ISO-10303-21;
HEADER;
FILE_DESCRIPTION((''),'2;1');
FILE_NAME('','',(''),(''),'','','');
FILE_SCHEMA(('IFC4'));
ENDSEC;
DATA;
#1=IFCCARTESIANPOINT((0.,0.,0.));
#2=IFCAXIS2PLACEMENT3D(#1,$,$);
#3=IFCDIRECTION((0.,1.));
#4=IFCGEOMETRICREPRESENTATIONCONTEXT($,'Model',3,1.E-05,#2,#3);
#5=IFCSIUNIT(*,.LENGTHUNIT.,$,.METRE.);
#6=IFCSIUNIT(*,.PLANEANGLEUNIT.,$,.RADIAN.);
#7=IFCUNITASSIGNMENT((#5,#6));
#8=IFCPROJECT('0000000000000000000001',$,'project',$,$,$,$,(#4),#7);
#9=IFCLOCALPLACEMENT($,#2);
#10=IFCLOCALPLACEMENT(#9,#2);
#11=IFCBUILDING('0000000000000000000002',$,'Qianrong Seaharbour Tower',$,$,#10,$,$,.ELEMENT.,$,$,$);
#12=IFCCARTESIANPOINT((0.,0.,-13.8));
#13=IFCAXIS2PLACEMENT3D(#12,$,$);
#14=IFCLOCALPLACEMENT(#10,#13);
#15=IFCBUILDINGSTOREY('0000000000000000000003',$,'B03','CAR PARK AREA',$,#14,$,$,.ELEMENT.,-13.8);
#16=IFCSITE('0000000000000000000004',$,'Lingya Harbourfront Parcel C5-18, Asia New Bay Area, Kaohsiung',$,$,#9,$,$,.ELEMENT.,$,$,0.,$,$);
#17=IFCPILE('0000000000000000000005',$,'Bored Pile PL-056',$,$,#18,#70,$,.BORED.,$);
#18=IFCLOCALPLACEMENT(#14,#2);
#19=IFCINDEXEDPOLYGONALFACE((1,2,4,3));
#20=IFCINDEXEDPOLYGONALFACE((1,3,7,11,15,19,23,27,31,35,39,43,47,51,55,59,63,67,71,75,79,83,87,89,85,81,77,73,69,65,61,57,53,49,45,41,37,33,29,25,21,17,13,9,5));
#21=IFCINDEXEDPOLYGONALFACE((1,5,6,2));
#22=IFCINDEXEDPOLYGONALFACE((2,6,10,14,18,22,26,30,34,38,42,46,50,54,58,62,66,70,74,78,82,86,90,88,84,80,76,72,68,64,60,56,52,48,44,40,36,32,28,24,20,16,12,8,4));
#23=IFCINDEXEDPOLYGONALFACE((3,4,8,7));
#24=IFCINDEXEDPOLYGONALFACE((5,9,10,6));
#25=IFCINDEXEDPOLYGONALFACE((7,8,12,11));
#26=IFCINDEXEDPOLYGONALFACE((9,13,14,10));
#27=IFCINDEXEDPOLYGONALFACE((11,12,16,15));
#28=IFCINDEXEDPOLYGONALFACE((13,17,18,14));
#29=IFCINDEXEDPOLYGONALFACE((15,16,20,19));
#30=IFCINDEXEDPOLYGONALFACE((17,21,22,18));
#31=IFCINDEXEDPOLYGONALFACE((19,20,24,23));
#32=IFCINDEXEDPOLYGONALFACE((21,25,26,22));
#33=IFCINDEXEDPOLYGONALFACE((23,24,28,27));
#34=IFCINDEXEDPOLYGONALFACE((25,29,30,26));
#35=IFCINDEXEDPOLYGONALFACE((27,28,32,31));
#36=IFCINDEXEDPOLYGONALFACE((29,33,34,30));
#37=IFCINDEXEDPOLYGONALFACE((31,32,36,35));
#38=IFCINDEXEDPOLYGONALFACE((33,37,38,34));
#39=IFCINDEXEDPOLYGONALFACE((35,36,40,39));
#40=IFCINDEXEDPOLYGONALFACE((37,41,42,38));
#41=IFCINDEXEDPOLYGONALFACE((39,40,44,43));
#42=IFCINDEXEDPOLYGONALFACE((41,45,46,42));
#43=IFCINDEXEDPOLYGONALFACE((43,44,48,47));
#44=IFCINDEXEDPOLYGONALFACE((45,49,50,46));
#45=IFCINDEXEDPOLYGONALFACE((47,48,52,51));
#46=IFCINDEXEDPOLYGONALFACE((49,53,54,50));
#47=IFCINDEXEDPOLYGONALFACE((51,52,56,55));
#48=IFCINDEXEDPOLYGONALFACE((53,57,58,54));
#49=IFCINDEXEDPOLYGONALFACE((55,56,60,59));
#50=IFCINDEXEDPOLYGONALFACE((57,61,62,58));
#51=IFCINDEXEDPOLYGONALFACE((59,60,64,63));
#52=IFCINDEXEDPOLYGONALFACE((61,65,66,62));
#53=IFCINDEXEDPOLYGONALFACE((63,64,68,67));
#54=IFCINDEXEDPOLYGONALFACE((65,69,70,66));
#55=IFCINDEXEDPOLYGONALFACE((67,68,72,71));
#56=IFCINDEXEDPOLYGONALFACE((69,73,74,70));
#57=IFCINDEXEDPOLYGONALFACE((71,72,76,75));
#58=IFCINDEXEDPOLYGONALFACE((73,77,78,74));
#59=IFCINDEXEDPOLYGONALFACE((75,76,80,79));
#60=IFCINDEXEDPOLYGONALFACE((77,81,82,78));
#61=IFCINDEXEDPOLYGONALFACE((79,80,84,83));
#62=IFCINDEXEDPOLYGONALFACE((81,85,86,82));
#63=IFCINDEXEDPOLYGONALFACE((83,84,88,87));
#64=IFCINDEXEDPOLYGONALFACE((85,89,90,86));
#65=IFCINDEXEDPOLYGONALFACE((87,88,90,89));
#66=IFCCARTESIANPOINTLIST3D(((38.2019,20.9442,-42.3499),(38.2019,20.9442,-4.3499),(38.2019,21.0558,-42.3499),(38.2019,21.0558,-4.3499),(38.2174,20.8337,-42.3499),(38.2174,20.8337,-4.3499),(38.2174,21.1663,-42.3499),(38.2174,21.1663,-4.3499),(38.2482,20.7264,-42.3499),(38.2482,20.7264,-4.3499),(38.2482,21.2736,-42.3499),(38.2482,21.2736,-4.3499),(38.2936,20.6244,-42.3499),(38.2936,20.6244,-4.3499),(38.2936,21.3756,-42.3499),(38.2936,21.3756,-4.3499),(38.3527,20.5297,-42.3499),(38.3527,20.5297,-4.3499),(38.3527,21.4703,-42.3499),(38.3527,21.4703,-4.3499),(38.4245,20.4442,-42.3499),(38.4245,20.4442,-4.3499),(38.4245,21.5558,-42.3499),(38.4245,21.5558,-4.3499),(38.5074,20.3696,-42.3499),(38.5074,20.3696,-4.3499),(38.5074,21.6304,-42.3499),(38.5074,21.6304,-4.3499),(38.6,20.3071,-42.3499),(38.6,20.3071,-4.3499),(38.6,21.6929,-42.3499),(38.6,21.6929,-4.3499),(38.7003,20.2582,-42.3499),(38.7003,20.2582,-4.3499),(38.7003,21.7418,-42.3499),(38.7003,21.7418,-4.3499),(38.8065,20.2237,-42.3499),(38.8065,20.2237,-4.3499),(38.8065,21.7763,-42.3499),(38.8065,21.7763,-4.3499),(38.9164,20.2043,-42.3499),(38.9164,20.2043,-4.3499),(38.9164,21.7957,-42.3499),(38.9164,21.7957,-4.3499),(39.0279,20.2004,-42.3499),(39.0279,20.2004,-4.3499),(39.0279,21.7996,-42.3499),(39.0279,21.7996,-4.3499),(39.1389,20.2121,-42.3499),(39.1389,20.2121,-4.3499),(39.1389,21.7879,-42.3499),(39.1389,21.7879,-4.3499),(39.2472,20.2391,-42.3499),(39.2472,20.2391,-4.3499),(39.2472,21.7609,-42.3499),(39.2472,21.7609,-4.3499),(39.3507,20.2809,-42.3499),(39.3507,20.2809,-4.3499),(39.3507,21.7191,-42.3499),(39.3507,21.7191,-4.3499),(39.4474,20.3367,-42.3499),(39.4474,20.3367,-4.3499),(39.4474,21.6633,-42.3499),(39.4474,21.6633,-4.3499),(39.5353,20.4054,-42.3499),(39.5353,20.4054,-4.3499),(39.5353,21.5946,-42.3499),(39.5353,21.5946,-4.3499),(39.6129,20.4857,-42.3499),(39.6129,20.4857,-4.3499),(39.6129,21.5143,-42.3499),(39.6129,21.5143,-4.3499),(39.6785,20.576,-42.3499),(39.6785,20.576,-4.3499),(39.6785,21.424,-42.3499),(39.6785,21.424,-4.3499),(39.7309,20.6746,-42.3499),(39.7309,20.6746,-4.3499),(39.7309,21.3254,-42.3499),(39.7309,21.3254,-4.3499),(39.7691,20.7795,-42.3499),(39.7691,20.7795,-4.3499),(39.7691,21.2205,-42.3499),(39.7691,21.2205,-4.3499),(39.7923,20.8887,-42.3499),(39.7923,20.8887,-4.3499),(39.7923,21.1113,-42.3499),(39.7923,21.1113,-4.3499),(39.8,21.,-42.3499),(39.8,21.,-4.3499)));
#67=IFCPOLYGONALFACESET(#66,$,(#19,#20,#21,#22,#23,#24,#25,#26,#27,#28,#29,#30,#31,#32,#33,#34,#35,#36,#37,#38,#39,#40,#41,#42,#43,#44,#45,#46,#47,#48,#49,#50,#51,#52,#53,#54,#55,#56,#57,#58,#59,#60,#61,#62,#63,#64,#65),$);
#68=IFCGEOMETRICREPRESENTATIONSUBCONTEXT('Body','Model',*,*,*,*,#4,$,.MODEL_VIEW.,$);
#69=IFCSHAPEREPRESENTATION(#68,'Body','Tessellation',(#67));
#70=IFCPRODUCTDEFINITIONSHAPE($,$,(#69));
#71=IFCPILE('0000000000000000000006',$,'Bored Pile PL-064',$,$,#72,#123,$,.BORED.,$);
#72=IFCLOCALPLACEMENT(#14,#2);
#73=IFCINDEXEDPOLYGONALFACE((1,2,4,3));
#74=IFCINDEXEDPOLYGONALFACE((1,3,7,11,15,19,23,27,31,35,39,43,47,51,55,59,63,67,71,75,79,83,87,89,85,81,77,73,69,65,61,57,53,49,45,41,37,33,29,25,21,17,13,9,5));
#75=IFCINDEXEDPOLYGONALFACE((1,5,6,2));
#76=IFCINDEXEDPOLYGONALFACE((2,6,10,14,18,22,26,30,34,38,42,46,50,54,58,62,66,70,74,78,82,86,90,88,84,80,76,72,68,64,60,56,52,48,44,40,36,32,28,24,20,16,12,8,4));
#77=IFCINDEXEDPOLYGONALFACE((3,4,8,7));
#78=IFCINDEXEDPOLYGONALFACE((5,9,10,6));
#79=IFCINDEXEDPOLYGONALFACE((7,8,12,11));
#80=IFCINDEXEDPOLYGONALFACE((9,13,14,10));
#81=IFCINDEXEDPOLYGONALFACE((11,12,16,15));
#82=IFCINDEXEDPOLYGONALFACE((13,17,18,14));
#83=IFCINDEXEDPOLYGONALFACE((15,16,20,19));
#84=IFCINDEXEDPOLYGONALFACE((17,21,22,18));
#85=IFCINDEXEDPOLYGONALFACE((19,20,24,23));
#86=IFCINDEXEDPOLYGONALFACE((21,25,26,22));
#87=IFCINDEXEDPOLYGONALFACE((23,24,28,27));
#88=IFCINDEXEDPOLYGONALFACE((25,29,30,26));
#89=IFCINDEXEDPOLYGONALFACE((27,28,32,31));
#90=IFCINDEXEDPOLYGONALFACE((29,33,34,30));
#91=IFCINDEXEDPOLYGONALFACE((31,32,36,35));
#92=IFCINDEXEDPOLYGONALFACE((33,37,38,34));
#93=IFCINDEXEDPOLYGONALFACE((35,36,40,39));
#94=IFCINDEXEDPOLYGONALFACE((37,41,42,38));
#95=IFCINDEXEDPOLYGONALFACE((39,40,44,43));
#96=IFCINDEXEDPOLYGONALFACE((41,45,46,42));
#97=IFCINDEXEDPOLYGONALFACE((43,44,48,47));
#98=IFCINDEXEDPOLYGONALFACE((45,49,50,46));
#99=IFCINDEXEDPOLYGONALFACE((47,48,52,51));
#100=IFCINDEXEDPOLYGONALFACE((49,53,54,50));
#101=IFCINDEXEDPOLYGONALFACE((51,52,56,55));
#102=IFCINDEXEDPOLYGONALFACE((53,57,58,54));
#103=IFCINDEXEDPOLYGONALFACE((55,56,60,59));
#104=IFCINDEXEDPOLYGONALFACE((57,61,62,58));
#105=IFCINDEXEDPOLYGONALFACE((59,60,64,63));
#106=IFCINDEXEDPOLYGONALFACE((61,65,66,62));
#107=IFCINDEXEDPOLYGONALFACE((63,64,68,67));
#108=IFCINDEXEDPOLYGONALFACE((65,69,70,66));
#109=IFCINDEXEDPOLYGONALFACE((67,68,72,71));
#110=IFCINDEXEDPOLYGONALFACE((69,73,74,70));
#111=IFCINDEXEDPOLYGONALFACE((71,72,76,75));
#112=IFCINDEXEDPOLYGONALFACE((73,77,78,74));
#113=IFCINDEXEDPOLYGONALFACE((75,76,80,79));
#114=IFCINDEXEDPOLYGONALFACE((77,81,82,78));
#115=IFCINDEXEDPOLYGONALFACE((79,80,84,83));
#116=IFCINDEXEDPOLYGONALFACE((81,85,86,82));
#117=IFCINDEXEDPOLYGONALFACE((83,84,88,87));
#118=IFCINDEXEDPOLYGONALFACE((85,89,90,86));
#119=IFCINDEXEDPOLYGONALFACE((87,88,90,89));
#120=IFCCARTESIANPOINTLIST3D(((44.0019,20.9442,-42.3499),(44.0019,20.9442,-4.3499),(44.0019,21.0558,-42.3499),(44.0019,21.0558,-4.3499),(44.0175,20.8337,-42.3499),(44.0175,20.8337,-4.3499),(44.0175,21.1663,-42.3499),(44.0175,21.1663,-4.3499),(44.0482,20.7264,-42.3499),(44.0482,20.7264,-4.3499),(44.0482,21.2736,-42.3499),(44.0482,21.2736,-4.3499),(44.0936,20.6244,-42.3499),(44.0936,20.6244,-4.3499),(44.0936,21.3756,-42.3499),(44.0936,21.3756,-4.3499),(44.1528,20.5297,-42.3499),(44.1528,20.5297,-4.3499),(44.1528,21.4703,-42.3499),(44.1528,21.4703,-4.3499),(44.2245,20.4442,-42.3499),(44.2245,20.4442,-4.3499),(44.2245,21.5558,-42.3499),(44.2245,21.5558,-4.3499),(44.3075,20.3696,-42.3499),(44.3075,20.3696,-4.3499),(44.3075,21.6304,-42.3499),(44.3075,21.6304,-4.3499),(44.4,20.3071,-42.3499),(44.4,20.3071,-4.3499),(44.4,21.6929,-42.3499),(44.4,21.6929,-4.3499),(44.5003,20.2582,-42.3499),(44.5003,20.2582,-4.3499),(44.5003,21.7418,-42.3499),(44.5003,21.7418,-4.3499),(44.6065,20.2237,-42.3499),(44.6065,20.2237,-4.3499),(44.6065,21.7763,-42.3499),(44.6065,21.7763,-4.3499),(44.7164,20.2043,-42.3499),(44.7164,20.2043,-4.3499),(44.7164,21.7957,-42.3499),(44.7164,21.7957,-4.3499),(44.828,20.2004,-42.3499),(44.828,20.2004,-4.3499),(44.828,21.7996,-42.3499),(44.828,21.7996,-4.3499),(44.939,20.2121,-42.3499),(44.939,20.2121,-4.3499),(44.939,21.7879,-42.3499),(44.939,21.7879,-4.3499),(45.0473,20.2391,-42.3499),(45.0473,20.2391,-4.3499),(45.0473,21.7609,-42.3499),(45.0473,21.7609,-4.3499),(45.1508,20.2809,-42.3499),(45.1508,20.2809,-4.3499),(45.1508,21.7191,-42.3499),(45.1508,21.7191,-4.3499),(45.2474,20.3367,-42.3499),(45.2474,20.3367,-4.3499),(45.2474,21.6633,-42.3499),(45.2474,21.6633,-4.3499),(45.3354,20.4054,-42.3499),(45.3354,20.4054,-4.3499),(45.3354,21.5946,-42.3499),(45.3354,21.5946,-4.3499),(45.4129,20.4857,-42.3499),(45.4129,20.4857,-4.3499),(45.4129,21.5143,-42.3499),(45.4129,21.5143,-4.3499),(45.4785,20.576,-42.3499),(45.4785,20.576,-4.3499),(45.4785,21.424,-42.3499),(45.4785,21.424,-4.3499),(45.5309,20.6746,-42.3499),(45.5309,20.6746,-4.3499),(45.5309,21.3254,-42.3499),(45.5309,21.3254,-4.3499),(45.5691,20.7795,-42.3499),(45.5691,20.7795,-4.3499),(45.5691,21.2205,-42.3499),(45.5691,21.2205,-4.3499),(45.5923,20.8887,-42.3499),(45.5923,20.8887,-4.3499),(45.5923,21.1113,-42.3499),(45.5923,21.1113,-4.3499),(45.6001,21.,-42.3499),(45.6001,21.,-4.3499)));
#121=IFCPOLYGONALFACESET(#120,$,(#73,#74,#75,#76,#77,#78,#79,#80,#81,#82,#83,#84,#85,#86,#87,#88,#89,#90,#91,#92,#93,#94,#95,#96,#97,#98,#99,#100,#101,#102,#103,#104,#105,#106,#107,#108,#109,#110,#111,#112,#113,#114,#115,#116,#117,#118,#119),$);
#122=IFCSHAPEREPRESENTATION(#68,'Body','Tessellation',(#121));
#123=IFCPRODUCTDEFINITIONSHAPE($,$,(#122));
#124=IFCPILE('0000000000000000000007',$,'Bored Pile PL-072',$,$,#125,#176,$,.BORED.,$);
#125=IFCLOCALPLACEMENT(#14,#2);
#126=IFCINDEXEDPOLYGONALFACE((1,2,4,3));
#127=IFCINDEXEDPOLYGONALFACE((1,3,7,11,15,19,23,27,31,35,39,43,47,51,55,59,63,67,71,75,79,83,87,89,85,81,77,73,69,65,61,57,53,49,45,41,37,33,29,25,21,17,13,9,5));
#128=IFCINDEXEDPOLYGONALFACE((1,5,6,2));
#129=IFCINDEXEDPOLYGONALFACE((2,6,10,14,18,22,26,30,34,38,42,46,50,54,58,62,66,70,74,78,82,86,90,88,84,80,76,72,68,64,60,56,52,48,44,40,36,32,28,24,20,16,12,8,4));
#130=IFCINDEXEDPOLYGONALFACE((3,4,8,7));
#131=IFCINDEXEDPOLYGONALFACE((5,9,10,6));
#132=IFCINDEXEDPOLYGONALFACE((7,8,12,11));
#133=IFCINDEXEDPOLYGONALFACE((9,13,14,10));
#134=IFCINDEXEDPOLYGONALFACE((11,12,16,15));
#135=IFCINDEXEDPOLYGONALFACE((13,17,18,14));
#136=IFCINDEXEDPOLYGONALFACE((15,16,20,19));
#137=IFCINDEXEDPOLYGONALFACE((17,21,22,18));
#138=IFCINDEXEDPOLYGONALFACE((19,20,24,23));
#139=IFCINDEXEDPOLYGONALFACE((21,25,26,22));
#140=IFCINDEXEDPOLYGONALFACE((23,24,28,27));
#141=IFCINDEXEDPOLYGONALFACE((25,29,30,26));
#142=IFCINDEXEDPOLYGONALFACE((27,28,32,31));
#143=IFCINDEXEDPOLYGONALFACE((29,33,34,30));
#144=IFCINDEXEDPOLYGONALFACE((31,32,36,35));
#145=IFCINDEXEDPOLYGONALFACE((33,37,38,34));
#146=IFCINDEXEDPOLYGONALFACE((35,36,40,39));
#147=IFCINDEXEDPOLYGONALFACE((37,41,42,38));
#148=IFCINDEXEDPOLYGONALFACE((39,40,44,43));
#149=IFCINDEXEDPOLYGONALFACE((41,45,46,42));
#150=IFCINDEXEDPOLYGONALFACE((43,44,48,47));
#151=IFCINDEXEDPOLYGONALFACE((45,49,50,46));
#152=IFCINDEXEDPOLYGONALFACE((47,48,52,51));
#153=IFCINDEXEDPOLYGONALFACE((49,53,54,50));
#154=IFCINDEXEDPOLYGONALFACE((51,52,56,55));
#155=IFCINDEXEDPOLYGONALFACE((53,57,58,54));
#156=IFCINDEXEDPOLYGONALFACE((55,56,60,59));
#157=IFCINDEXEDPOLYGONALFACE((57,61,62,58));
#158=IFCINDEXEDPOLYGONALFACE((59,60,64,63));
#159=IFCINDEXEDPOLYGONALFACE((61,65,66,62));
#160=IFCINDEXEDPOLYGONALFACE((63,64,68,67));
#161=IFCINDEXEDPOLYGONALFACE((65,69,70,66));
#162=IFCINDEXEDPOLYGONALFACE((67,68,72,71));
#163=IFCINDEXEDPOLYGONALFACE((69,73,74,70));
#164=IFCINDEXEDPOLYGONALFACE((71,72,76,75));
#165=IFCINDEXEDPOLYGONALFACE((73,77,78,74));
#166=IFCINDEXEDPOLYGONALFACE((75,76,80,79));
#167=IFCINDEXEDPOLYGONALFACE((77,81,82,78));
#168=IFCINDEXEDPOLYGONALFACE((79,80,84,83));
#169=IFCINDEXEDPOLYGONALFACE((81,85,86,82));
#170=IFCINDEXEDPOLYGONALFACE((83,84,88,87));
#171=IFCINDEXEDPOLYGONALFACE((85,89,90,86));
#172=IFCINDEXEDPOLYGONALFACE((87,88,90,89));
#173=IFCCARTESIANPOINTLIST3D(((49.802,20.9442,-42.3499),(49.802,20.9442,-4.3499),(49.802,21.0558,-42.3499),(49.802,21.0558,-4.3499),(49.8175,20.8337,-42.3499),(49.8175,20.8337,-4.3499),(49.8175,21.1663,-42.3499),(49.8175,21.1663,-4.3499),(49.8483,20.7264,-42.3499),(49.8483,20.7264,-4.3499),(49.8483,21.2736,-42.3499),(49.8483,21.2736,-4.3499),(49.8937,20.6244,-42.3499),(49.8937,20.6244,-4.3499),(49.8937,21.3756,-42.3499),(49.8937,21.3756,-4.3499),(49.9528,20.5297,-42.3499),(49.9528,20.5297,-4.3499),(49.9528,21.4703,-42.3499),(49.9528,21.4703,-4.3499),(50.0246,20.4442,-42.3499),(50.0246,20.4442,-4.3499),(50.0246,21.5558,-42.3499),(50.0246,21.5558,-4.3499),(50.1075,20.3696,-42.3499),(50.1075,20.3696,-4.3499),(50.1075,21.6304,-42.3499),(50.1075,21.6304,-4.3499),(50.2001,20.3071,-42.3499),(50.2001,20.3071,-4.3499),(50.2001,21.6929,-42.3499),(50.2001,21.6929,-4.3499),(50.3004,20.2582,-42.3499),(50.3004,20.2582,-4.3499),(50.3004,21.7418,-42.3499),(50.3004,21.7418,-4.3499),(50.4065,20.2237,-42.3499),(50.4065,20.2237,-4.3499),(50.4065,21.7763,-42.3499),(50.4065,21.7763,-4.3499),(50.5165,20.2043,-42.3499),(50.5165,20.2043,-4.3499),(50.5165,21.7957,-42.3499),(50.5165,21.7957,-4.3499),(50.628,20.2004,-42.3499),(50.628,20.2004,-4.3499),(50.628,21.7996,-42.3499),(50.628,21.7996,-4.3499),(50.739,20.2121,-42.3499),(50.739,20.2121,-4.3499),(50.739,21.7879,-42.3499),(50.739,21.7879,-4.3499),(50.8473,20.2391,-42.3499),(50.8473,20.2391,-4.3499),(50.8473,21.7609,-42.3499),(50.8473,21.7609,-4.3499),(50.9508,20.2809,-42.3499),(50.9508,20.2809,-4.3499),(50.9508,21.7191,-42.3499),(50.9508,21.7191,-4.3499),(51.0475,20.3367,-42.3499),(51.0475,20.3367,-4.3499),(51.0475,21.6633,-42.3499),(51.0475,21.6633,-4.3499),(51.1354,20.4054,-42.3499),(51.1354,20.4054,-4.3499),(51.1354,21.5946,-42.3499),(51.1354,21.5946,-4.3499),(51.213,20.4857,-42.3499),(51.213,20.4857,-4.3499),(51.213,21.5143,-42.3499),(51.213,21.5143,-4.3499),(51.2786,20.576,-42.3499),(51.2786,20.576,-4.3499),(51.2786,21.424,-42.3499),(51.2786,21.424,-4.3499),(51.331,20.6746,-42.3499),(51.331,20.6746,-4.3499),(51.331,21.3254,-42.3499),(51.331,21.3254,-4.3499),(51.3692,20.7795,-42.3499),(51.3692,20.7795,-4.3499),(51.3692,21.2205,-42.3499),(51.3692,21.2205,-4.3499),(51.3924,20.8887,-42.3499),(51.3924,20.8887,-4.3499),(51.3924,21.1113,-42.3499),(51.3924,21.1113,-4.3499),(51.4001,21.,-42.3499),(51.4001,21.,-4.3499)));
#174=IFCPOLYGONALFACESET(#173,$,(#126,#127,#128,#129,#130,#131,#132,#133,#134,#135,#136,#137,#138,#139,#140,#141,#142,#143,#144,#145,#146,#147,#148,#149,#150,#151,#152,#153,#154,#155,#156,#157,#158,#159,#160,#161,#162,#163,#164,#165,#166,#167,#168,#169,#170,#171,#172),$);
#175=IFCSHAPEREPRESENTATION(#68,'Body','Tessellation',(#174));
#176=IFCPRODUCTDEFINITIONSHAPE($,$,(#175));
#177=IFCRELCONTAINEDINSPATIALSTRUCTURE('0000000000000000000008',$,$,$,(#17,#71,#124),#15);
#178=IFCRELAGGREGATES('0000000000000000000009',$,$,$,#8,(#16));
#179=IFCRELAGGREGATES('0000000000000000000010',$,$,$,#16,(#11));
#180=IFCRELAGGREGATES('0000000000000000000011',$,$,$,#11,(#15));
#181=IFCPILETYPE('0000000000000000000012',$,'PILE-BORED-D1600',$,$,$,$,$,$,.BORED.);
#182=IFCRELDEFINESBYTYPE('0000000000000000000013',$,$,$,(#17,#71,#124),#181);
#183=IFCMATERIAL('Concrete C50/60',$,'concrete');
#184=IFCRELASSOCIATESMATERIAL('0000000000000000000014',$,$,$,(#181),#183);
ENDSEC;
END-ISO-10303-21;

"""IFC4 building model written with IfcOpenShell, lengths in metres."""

from ifc_helpers import new_model, si_unit, direction, frame, origin, origin_2d, place, context, subcontext, project, spatial, circle, extrude, material, material_profile, profile_set, type_object, element, save


model = new_model("IFC4")

# Units and contexts
model_context = context("Model", 3, precision=1e-05, world=origin(), true_north=direction((0.0, 1.0)))
body_context = subcontext(model_context, "Body", "Model", "MODEL_VIEW")
ifc_project = project(units=[si_unit("LENGTHUNIT", "METRE"), si_unit("PLANEANGLEUNIT", "RADIAN")], contexts=[model_context])

# Site, building, storey
site_placement = place(None, origin())
site = spatial("IfcSite", under=ifc_project, at=site_placement, Name="Lingya Harbourfront Parcel C5-18, Asia New Bay Area, Kaohsiung", CompositionType="ELEMENT", RefElevation=0.0)
building_placement = place(site_placement, origin())
building = spatial("IfcBuilding", under=site, at=building_placement, Name="Qianrong Seaharbour Tower", CompositionType="ELEMENT")
storey_placement = place(building_placement, frame((0.0, 0.0, -13.8)))
storey = spatial("IfcBuildingStorey", under=building, at=storey_placement, Name="B03", Description="CAR PARK AREA", CompositionType="ELEMENT", Elevation=-13.8)

# Piles
ifc_material_1 = material(Name="Concrete C50/60", Category="concrete")
ifc_material_profile_1 = material_profile(ifc_material_1, circle(Radius=0.8, at=origin_2d()), Name="PILE-D1600")
ifc_profile_set_1 = profile_set([ifc_material_profile_1], Name="Concrete C50/60")
pile_type_1 = type_object("IfcPileType", Name="PILE-BORED-D1600", PredefinedType="BORED", material=ifc_profile_set_1)
for number, where, z_axis, x_axis, name in (
    (1, (39.0, 21.0, -4.3499), (0.0, 0.0, -1.0), (1.0, 0.0, 0.0), "Bored Pile PL-056"),
    (2, (44.8, 21.0, -4.3499), (0.0, 0.0, -1.0), (1.0, 0.0, 0.0), "Bored Pile PL-064"),
    (3, (50.6001, 21.0, -4.3499), (0.0, 0.0, -1.0), (1.0, 0.0, 0.0), "Bored Pile PL-072"),
):
    element("IfcPile", number, at=place(storey_placement, frame(where, z_axis=z_axis, x_axis=x_axis)), inside=storey, type_object=pile_type_1, Name=name, PredefinedType="BORED", context=body_context, shape_type="SweptSolid", body=[
        extrude(circle(Radius=0.8, at=origin_2d()), origin(), (0.0, 0.0, 1.0), 38.0),
    ])

save(model, "model.ifc")
